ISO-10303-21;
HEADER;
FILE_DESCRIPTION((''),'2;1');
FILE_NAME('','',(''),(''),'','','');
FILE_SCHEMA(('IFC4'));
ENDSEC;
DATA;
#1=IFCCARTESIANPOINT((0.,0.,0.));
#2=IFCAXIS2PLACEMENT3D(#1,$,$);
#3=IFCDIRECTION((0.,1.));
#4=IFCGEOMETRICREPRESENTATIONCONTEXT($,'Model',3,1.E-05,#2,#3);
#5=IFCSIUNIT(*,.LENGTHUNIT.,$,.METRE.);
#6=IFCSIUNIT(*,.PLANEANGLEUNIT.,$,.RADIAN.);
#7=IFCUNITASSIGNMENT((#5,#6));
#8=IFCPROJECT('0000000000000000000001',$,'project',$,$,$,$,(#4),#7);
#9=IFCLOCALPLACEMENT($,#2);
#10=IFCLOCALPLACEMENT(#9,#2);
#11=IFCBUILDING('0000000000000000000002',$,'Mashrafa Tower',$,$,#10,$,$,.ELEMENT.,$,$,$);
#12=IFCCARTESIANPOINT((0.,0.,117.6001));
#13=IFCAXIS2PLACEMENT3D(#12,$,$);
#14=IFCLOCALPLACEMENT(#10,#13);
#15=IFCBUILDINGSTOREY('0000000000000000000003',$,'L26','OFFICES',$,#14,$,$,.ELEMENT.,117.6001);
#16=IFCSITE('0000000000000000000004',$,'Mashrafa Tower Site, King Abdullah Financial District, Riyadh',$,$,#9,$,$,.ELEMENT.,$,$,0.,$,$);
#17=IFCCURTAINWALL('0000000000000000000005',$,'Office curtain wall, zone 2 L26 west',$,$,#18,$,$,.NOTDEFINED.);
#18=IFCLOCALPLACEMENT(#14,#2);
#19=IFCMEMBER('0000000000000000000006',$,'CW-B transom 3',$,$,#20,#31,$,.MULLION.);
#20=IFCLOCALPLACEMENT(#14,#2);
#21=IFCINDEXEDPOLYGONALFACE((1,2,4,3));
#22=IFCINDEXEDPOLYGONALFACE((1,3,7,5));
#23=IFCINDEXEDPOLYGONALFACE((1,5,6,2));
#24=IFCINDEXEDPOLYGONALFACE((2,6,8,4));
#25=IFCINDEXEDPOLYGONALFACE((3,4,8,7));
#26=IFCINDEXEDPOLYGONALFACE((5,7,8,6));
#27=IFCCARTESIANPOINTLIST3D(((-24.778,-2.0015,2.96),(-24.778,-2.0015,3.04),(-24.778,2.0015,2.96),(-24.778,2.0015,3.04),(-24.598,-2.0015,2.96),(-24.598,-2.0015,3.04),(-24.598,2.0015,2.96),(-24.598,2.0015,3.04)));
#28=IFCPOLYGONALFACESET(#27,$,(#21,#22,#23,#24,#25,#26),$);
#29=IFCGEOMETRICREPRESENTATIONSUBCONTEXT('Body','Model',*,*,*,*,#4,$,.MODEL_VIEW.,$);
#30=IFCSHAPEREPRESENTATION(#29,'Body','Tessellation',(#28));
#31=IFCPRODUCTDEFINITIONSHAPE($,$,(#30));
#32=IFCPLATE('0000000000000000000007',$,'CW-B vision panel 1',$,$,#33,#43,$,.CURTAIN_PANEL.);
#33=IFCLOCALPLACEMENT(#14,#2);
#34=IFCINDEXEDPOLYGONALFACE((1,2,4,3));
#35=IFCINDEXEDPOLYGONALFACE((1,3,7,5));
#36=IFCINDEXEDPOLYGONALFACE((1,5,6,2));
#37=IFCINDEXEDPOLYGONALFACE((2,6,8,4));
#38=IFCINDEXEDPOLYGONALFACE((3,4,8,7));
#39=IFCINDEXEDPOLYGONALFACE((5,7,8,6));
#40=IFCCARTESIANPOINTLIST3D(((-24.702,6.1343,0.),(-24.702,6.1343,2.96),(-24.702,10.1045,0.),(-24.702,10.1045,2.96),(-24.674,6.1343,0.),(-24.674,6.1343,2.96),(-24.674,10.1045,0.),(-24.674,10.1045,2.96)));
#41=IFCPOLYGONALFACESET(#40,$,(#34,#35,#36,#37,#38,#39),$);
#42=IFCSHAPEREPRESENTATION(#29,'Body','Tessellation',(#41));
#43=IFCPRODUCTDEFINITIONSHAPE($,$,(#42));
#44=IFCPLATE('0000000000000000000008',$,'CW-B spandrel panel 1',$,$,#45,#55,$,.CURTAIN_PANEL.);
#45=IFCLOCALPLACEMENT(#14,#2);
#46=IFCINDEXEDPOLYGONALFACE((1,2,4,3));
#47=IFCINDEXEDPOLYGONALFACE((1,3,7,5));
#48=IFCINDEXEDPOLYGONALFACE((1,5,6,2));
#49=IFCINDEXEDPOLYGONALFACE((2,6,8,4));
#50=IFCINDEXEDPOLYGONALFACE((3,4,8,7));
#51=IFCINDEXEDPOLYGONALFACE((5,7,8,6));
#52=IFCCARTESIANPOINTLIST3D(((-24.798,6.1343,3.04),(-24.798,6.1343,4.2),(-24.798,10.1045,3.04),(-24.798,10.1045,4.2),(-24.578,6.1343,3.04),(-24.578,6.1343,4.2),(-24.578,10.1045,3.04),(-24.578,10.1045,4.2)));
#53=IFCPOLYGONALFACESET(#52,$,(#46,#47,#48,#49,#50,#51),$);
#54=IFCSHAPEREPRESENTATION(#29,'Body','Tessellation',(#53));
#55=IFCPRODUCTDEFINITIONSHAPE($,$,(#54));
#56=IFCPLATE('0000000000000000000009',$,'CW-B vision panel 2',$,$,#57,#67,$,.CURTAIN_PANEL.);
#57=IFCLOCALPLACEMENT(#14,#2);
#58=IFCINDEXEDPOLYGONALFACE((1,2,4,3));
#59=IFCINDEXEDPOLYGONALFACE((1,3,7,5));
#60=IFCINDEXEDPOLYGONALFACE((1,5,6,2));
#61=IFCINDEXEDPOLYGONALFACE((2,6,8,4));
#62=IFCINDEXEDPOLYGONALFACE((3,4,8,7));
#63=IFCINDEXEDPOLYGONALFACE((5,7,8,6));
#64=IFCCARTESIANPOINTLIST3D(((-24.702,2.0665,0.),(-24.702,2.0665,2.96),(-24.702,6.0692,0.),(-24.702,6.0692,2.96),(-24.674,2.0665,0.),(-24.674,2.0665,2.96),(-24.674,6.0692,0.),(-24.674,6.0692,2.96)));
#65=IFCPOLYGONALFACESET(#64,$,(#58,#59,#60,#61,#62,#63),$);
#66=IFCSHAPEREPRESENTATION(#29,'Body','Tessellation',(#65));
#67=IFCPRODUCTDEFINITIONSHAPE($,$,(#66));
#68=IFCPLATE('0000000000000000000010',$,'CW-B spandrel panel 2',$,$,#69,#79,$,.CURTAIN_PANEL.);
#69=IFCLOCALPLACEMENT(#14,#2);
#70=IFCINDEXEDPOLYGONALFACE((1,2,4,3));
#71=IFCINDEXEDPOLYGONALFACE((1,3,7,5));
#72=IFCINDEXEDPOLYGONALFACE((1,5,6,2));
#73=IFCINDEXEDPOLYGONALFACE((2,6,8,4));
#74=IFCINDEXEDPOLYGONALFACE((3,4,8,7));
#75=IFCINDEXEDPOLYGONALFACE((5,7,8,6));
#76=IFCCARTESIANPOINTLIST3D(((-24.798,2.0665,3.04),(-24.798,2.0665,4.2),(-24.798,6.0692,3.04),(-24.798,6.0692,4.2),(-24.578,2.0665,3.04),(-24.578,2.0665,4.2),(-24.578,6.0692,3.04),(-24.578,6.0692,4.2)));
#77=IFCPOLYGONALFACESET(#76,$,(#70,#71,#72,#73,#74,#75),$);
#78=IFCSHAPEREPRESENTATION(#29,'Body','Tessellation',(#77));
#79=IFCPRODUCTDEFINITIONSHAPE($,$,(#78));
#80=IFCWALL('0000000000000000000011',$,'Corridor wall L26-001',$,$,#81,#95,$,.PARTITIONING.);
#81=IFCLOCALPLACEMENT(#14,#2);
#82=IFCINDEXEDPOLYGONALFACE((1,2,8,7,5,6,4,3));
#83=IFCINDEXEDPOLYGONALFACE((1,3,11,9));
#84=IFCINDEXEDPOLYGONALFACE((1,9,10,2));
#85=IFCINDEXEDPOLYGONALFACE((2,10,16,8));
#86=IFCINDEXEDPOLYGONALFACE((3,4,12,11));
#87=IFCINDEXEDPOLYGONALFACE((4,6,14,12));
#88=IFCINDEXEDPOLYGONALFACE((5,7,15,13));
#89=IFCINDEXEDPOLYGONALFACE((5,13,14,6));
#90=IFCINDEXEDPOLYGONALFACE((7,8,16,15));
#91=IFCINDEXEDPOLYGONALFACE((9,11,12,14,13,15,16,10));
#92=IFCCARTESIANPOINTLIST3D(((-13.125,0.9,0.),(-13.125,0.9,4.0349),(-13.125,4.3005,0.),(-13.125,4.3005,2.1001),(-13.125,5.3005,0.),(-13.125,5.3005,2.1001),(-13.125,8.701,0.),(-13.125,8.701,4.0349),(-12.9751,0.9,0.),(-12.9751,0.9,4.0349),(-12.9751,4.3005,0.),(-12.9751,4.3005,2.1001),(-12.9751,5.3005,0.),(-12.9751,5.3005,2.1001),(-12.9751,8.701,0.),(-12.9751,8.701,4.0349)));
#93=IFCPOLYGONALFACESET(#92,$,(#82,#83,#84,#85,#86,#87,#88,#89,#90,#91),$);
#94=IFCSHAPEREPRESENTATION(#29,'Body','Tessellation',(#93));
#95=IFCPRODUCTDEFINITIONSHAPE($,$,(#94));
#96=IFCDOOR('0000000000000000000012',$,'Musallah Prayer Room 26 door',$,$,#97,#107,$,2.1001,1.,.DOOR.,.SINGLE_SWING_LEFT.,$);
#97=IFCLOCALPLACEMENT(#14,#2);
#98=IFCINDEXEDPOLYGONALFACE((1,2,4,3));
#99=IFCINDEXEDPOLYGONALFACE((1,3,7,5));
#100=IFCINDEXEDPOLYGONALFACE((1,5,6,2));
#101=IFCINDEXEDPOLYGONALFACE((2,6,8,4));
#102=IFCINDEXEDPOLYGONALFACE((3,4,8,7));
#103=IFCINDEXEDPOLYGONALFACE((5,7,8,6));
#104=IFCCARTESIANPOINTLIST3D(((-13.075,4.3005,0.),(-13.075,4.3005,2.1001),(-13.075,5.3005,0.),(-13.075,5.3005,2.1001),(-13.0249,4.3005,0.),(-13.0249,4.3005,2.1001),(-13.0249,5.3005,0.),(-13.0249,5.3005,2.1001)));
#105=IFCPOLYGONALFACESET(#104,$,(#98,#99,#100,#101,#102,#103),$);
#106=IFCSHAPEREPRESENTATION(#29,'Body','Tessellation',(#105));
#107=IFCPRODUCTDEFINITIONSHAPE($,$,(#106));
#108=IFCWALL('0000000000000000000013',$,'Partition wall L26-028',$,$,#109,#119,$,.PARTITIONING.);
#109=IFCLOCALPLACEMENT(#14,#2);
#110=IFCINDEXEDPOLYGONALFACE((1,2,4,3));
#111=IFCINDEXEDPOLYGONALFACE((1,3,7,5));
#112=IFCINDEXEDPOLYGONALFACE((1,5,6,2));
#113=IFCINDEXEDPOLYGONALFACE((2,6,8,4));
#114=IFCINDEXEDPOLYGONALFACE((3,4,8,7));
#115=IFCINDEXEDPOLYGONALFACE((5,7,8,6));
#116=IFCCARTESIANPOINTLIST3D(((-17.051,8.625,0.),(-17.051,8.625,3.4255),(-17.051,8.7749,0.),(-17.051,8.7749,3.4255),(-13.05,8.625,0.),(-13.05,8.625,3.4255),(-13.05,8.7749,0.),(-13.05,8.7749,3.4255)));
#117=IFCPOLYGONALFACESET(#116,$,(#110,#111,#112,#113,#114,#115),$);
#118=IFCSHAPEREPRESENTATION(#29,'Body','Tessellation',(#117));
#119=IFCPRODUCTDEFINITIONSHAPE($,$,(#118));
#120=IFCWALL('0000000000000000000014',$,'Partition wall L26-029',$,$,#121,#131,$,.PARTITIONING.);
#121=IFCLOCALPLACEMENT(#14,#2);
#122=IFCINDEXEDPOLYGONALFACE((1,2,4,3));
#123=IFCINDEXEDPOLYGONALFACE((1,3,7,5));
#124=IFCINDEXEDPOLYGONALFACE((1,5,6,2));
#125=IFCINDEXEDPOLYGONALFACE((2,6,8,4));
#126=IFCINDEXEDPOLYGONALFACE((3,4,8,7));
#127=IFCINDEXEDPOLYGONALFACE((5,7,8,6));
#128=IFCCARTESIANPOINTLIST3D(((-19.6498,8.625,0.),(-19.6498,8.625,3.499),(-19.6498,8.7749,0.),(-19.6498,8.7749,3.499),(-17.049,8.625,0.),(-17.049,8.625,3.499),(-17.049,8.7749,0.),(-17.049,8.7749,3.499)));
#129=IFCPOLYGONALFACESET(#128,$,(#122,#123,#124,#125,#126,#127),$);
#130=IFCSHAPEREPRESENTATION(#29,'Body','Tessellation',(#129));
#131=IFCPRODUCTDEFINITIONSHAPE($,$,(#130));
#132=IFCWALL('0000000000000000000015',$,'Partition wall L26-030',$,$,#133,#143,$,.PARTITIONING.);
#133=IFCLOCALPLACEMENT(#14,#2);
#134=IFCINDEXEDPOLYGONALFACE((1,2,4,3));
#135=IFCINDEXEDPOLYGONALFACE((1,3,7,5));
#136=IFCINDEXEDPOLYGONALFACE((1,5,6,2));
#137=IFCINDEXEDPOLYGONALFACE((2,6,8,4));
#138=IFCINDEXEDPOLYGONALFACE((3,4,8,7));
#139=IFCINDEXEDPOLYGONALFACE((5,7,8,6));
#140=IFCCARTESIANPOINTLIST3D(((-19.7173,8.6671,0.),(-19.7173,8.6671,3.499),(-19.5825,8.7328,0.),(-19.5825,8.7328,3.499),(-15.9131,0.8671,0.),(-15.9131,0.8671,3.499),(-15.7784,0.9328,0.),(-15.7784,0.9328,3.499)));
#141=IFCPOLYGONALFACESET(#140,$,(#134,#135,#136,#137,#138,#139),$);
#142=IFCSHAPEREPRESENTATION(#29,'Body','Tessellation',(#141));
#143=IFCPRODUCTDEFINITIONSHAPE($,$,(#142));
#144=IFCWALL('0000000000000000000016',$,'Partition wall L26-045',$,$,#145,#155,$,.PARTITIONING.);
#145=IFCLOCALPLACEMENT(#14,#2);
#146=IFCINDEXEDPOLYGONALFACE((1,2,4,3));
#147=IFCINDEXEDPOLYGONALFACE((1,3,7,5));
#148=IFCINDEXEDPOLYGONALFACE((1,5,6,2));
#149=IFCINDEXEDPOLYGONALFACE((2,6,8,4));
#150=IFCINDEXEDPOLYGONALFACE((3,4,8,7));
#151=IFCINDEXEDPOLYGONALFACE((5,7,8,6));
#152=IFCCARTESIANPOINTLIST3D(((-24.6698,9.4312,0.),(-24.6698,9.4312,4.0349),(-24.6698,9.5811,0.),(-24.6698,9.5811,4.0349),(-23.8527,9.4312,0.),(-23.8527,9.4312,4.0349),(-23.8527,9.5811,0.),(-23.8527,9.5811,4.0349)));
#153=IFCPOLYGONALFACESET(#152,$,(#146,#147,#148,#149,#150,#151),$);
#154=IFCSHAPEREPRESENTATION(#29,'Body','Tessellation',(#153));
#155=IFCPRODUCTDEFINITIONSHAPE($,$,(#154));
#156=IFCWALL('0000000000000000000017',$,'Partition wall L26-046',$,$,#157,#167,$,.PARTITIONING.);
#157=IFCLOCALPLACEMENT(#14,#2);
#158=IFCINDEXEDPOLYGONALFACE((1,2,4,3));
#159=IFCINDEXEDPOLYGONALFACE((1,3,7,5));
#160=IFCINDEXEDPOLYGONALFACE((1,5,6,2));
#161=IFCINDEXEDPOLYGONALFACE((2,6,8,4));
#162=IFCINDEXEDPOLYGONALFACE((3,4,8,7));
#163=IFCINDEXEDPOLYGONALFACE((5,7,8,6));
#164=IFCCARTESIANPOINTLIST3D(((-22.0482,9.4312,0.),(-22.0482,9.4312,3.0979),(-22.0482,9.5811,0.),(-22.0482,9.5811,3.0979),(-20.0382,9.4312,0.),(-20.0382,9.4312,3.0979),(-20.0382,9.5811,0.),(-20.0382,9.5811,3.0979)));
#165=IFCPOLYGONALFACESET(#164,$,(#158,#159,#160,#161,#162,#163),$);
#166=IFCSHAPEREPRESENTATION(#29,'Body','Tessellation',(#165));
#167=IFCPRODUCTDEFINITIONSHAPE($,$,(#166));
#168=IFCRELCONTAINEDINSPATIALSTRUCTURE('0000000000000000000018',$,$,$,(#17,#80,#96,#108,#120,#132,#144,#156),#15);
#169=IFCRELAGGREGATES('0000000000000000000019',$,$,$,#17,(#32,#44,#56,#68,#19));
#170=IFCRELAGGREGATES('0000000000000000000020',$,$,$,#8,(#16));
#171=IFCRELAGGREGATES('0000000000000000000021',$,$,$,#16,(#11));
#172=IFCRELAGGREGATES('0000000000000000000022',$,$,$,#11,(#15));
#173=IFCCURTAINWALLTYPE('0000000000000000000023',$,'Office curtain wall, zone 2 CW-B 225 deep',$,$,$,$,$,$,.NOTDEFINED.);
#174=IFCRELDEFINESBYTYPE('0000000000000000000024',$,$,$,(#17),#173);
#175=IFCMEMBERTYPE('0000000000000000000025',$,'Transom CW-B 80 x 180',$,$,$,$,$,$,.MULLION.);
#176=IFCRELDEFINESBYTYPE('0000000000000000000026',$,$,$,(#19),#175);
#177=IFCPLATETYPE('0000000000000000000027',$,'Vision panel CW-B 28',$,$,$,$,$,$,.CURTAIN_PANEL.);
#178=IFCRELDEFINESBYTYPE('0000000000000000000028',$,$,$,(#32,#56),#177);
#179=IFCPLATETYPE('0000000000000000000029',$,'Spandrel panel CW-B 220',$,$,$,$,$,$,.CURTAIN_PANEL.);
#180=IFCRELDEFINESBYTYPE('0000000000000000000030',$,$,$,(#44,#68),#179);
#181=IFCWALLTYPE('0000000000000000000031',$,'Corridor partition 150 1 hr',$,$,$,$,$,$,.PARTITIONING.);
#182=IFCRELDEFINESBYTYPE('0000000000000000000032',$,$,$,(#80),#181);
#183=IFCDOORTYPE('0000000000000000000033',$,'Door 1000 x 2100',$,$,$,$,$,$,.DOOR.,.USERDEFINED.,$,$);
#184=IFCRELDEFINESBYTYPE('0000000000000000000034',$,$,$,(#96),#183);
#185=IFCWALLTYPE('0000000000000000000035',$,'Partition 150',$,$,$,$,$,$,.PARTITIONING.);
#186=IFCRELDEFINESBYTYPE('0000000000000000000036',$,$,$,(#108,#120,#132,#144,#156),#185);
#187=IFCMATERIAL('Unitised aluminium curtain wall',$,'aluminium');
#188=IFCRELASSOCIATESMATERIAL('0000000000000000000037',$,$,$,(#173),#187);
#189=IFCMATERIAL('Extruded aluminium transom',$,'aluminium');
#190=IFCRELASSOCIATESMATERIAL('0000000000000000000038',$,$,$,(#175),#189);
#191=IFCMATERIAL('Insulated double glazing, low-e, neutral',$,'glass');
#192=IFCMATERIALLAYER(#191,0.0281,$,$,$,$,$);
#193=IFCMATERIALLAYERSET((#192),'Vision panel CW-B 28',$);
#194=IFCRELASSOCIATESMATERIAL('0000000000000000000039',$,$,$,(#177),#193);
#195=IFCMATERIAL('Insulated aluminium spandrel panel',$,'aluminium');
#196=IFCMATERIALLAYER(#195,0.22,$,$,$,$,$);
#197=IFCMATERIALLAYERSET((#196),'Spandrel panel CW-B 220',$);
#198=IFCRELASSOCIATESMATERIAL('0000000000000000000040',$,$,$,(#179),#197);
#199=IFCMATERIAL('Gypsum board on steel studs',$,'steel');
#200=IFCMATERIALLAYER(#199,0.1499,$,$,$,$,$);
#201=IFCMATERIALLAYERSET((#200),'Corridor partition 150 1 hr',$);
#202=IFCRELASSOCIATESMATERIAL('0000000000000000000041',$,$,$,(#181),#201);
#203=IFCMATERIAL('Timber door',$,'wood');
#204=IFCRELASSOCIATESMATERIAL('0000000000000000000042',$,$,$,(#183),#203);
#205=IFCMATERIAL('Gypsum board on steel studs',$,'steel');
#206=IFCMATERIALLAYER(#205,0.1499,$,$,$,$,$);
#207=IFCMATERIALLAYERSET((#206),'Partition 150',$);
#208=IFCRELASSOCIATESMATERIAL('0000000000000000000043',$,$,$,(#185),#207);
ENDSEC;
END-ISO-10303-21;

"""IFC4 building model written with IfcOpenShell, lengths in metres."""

from ifc_helpers import new_model, si_unit, direction, frame, frame_2d, origin, origin_2d, place, context, subcontext, project, spatial, rectangle, extrude, source, transform, mapped, material, layer, layer_set, material_profile, profile_set, type_object, type_shapes, element, fill, aggregate, save


model = new_model("IFC4")

# Units and contexts
model_context = context("Model", 3, precision=1e-05, world=origin(), true_north=direction((0.0, 1.0)))
body_context = subcontext(model_context, "Body", "Model", "MODEL_VIEW")
ifc_project = project(units=[si_unit("LENGTHUNIT", "METRE"), si_unit("PLANEANGLEUNIT", "RADIAN")], contexts=[model_context])

# Site, building, storey
site_placement = place(None, origin())
site = spatial("IfcSite", under=ifc_project, at=site_placement, Name="Mashrafa Tower Site, King Abdullah Financial District, Riyadh", CompositionType="ELEMENT", RefElevation=0.0)
building_placement = place(site_placement, origin())
building = spatial("IfcBuilding", under=site, at=building_placement, Name="Mashrafa Tower", CompositionType="ELEMENT")
storey_placement = place(building_placement, frame((0.0, 0.0, 117.6001)))
storey = spatial("IfcBuildingStorey", under=building, at=storey_placement, Name="L26", Description="OFFICES", CompositionType="ELEMENT", Elevation=117.6001)

# Curtain wall, member, plates
ifc_material_1 = material(Name="Unitised aluminium curtain wall", Category="aluminium")
curtain_wall_type = type_object("IfcCurtainWallType", Name="Office curtain wall, zone 2 CW-B 225 deep", PredefinedType="NOTDEFINED", material=ifc_material_1)
curtain_wall_placement = place(storey_placement, origin())
curtain_wall = element("IfcCurtainWall", 1, at=curtain_wall_placement, inside=storey, type_object=curtain_wall_type, Name="Office curtain wall, zone 2 L26 west", PredefinedType="NOTDEFINED")
ifc_material_2 = material(Name="Extruded aluminium transom", Category="aluminium")
ifc_material_profile_1 = material_profile(ifc_material_2, rectangle(XDim=0.1799, YDim=0.0801, at=origin_2d()), Name="Transom 80x180")
ifc_profile_set_1 = profile_set([ifc_material_profile_1], Name="Extruded aluminium transom")
member_type_1 = type_object("IfcMemberType", Name="Transom CW-B 80 x 180", PredefinedType="MULLION", material=ifc_profile_set_1)
shared_shape_1 = source(origin(), body_context, "Body", "SweptSolid", [
    extrude(rectangle(XDim=0.1799, YDim=0.0801, at=origin_2d()), origin(), (0.0, 0.0, 1.0), 4.0029),
])
member_1_placement = place(storey_placement, frame((-24.688, 2.0015, 3.0), z_axis=(0.0, -1.0, 0.0), x_axis=(1.0, 0.0, 0.0)))
member_1 = element("IfcMember", 2, at=member_1_placement, type_object=member_type_1, Name="CW-B transom 3", PredefinedType="MULLION", context=body_context, shape_type="MappedRepresentation", body=[
    mapped(shared_shape_1, transform((0.0, 0.0, 0.0))),
])
ifc_material_3 = material(Name="Insulated double glazing, low-e, neutral", Category="glass")
ifc_layer_1 = layer(ifc_material_3, 0.0281)
ifc_layer_set_1 = layer_set([ifc_layer_1], Name="Vision panel CW-B 28")
plate_type_1 = type_object("IfcPlateType", Name="Vision panel CW-B 28", PredefinedType="CURTAIN_PANEL", material=ifc_layer_set_1)
shared_shape_2 = source(origin(), body_context, "Body", "SweptSolid", [
    extrude(rectangle(XDim=3.9702, YDim=0.0281, at=origin_2d()), origin(), (0.0, 0.0, 1.0), 2.96),
])
plate_1_placement = place(storey_placement, frame((-24.688, 8.1194, 0.0), z_axis=(0.0, 0.0, 1.0), x_axis=(0.0, -1.0, 0.0)))
plate_1 = element("IfcPlate", 3, at=plate_1_placement, type_object=plate_type_1, Name="CW-B vision panel 1", PredefinedType="CURTAIN_PANEL", context=body_context, shape_type="MappedRepresentation", body=[
    mapped(shared_shape_2, transform((0.0, 0.0, 0.0))),
])
ifc_material_4 = material(Name="Insulated aluminium spandrel panel", Category="aluminium")
ifc_layer_2 = layer(ifc_material_4, 0.22)
ifc_layer_set_2 = layer_set([ifc_layer_2], Name="Spandrel panel CW-B 220")
plate_type_2 = type_object("IfcPlateType", Name="Spandrel panel CW-B 220", PredefinedType="CURTAIN_PANEL", material=ifc_layer_set_2)
shared_shape_3 = source(origin(), body_context, "Body", "SweptSolid", [
    extrude(rectangle(XDim=3.9702, YDim=0.22, at=origin_2d()), origin(), (0.0, 0.0, 1.0), 1.1599),
])
plate_2_placement = place(storey_placement, frame((-24.688, 8.1194, 3.04), z_axis=(0.0, 0.0, 1.0), x_axis=(0.0, -1.0, 0.0)))
plate_2 = element("IfcPlate", 4, at=plate_2_placement, type_object=plate_type_2, Name="CW-B spandrel panel 1", PredefinedType="CURTAIN_PANEL", context=body_context, shape_type="MappedRepresentation", body=[
    mapped(shared_shape_3, transform((0.0, 0.0, 0.0))),
])
shared_shape_4 = source(origin(), body_context, "Body", "SweptSolid", [
    extrude(rectangle(XDim=4.0027, YDim=0.0281, at=origin_2d()), origin(), (0.0, 0.0, 1.0), 2.96),
])
type_shapes(plate_type_1, [shared_shape_2, shared_shape_4])
plate_3_placement = place(storey_placement, frame((-24.688, 4.0679, 0.0), z_axis=(0.0, 0.0, 1.0), x_axis=(0.0, -1.0, 0.0)))
plate_3 = element("IfcPlate", 5, at=plate_3_placement, type_object=plate_type_1, Name="CW-B vision panel 2", PredefinedType="CURTAIN_PANEL", context=body_context, shape_type="MappedRepresentation", body=[
    mapped(shared_shape_4, transform((0.0, 0.0, 0.0))),
])
shared_shape_5 = source(origin(), body_context, "Body", "SweptSolid", [
    extrude(rectangle(XDim=4.0027, YDim=0.22, at=origin_2d()), origin(), (0.0, 0.0, 1.0), 1.1599),
])
type_shapes(plate_type_2, [shared_shape_3, shared_shape_5])
plate_4_placement = place(storey_placement, frame((-24.688, 4.0679, 3.04), z_axis=(0.0, 0.0, 1.0), x_axis=(0.0, -1.0, 0.0)))
plate_4 = element("IfcPlate", 6, at=plate_4_placement, type_object=plate_type_2, Name="CW-B spandrel panel 2", PredefinedType="CURTAIN_PANEL", context=body_context, shape_type="MappedRepresentation", body=[
    mapped(shared_shape_5, transform((0.0, 0.0, 0.0))),
])
aggregate(curtain_wall, [plate_1, plate_2, plate_3, plate_4, member_1])

# Wall, opening, door
ifc_material_5 = material(Name="Gypsum board on steel studs", Category="steel")
ifc_layer_3 = layer(ifc_material_5, 0.1499)
ifc_layer_set_3 = layer_set([ifc_layer_3], Name="Corridor partition 150 1 hr")
wall_type_1 = type_object("IfcWallType", Name="Corridor partition 150 1 hr", PredefinedType="PARTITIONING", material=ifc_layer_set_3)
wall_1_placement = place(storey_placement, frame((-13.05, 8.7009, 0.0), z_axis=(0.0, 0.0, 1.0), x_axis=(0.0, -1.0, 0.0)))
wall_1 = element("IfcWall", 7, at=wall_1_placement, inside=storey, type_object=wall_type_1, Name="Corridor wall L26-001", PredefinedType="PARTITIONING", context=body_context, shape_type="SweptSolid", body=[
    extrude(rectangle(XDim=7.801, YDim=0.1499, at=frame_2d((3.9004, 0.0))), origin(), (0.0, 0.0, 1.0), 4.0349),
])
opening_1_placement = place(wall_1_placement, frame((3.4004, 0.0, 0.0)))
opening_1 = element("IfcOpeningElement", 8, at=opening_1_placement, cuts=wall_1, PredefinedType="OPENING", context=body_context, shape_type="SweptSolid", body=[
    extrude(rectangle(XDim=1.0, YDim=2.1001, at=frame_2d((0.5, 1.05))), frame((0.0, 0.085, 0.0), z_axis=(0.0, -1.0, 0.0), x_axis=(1.0, 0.0, 0.0)), (0.0, 0.0, 1.0), 0.1699),
])
ifc_material_6 = material(Name="Timber door", Category="wood")
door_type = type_object("IfcDoorType", Name="Door 1000 x 2100", OperationType="USERDEFINED", PredefinedType="DOOR", material=ifc_material_6)
door_1_placement = place(opening_1_placement, frame((1.0, 0.0, 0.0), z_axis=(0.0, 0.0, 1.0), x_axis=(-1.0, 0.0, 0.0)))
door_1 = element("IfcDoor", 9, at=door_1_placement, inside=storey, type_object=door_type, Name="Musallah Prayer Room 26 door", OperationType="SINGLE_SWING_LEFT", OverallHeight=2.1001, OverallWidth=1.0, PredefinedType="DOOR", context=body_context, shape_type="SweptSolid", body=[
    extrude(rectangle(XDim=1.0, YDim=2.1001, at=frame_2d((0.5, 1.05))), frame((0.0, 0.0249, 0.0), z_axis=(0.0, -1.0, 0.0), x_axis=(1.0, 0.0, 0.0)), (0.0, 0.0, 1.0), 0.05),
])
fill(opening_1, door_1)

# Walls
ifc_material_7 = material(Name="Gypsum board on steel studs", Category="steel")
ifc_layer_4 = layer(ifc_material_7, 0.1499)
ifc_layer_set_4 = layer_set([ifc_layer_4], Name="Partition 150")
wall_type_2 = type_object("IfcWallType", Name="Partition 150", PredefinedType="PARTITIONING", material=ifc_layer_set_4)
wall_2_placement = place(storey_placement, frame((-13.05, 8.7, 0.0), z_axis=(0.0, 0.0, 1.0), x_axis=(-1.0, 0.0, 0.0)))
element("IfcWall", 10, at=wall_2_placement, inside=storey, type_object=wall_type_2, Name="Partition wall L26-028", PredefinedType="PARTITIONING", context=body_context, shape_type="SweptSolid", body=[
    extrude(rectangle(XDim=4.001, YDim=0.1499, at=frame_2d((2.0005, 0.0))), origin(), (0.0, 0.0, 1.0), 3.4255),
])
wall_3_placement = place(storey_placement, frame((-17.0491, 8.7, 0.0), z_axis=(0.0, 0.0, 1.0), x_axis=(-1.0, 0.0, 0.0)))
element("IfcWall", 11, at=wall_3_placement, inside=storey, type_object=wall_type_2, Name="Partition wall L26-029", PredefinedType="PARTITIONING", context=body_context, shape_type="SweptSolid", body=[
    extrude(rectangle(XDim=2.6008, YDim=0.1499, at=frame_2d((1.3003, 0.0))), origin(), (0.0, 0.0, 1.0), 3.499),
])
wall_4_placement = place(storey_placement, frame((-19.6499, 8.7, 0.0), z_axis=(0.0, 0.0, 1.0), x_axis=(0.438358, -0.8988, 0.0)))
element("IfcWall", 12, at=wall_4_placement, inside=storey, type_object=wall_type_2, Name="Partition wall L26-030", PredefinedType="PARTITIONING", context=body_context, shape_type="SweptSolid", body=[
    extrude(rectangle(XDim=8.6782, YDim=0.1499, at=frame_2d((4.3391, 0.0))), origin(), (0.0, 0.0, 1.0), 3.499),
])
wall_5_placement = place(storey_placement, frame((-24.6699, 9.5061, 0.0), z_axis=(0.0, 0.0, 1.0), x_axis=(1.0, 0.0, 0.0)))
element("IfcWall", 13, at=wall_5_placement, inside=storey, type_object=wall_type_2, Name="Partition wall L26-045", PredefinedType="PARTITIONING", context=body_context, shape_type="SweptSolid", body=[
    extrude(rectangle(XDim=0.8171, YDim=0.1499, at=frame_2d((0.4087, 0.0))), origin(), (0.0, 0.0, 1.0), 4.0349),
])
wall_6_placement = place(storey_placement, frame((-22.0481, 9.5061, 0.0), z_axis=(0.0, 0.0, 1.0), x_axis=(1.0, 0.0, 0.0)))
element("IfcWall", 14, at=wall_6_placement, inside=storey, type_object=wall_type_2, Name="Partition wall L26-046", PredefinedType="PARTITIONING", context=body_context, shape_type="SweptSolid", body=[
    extrude(rectangle(XDim=2.01, YDim=0.1499, at=frame_2d((1.0049, 0.0))), origin(), (0.0, 0.0, 1.0), 3.0979),
])

save(model, "model.ifc")
